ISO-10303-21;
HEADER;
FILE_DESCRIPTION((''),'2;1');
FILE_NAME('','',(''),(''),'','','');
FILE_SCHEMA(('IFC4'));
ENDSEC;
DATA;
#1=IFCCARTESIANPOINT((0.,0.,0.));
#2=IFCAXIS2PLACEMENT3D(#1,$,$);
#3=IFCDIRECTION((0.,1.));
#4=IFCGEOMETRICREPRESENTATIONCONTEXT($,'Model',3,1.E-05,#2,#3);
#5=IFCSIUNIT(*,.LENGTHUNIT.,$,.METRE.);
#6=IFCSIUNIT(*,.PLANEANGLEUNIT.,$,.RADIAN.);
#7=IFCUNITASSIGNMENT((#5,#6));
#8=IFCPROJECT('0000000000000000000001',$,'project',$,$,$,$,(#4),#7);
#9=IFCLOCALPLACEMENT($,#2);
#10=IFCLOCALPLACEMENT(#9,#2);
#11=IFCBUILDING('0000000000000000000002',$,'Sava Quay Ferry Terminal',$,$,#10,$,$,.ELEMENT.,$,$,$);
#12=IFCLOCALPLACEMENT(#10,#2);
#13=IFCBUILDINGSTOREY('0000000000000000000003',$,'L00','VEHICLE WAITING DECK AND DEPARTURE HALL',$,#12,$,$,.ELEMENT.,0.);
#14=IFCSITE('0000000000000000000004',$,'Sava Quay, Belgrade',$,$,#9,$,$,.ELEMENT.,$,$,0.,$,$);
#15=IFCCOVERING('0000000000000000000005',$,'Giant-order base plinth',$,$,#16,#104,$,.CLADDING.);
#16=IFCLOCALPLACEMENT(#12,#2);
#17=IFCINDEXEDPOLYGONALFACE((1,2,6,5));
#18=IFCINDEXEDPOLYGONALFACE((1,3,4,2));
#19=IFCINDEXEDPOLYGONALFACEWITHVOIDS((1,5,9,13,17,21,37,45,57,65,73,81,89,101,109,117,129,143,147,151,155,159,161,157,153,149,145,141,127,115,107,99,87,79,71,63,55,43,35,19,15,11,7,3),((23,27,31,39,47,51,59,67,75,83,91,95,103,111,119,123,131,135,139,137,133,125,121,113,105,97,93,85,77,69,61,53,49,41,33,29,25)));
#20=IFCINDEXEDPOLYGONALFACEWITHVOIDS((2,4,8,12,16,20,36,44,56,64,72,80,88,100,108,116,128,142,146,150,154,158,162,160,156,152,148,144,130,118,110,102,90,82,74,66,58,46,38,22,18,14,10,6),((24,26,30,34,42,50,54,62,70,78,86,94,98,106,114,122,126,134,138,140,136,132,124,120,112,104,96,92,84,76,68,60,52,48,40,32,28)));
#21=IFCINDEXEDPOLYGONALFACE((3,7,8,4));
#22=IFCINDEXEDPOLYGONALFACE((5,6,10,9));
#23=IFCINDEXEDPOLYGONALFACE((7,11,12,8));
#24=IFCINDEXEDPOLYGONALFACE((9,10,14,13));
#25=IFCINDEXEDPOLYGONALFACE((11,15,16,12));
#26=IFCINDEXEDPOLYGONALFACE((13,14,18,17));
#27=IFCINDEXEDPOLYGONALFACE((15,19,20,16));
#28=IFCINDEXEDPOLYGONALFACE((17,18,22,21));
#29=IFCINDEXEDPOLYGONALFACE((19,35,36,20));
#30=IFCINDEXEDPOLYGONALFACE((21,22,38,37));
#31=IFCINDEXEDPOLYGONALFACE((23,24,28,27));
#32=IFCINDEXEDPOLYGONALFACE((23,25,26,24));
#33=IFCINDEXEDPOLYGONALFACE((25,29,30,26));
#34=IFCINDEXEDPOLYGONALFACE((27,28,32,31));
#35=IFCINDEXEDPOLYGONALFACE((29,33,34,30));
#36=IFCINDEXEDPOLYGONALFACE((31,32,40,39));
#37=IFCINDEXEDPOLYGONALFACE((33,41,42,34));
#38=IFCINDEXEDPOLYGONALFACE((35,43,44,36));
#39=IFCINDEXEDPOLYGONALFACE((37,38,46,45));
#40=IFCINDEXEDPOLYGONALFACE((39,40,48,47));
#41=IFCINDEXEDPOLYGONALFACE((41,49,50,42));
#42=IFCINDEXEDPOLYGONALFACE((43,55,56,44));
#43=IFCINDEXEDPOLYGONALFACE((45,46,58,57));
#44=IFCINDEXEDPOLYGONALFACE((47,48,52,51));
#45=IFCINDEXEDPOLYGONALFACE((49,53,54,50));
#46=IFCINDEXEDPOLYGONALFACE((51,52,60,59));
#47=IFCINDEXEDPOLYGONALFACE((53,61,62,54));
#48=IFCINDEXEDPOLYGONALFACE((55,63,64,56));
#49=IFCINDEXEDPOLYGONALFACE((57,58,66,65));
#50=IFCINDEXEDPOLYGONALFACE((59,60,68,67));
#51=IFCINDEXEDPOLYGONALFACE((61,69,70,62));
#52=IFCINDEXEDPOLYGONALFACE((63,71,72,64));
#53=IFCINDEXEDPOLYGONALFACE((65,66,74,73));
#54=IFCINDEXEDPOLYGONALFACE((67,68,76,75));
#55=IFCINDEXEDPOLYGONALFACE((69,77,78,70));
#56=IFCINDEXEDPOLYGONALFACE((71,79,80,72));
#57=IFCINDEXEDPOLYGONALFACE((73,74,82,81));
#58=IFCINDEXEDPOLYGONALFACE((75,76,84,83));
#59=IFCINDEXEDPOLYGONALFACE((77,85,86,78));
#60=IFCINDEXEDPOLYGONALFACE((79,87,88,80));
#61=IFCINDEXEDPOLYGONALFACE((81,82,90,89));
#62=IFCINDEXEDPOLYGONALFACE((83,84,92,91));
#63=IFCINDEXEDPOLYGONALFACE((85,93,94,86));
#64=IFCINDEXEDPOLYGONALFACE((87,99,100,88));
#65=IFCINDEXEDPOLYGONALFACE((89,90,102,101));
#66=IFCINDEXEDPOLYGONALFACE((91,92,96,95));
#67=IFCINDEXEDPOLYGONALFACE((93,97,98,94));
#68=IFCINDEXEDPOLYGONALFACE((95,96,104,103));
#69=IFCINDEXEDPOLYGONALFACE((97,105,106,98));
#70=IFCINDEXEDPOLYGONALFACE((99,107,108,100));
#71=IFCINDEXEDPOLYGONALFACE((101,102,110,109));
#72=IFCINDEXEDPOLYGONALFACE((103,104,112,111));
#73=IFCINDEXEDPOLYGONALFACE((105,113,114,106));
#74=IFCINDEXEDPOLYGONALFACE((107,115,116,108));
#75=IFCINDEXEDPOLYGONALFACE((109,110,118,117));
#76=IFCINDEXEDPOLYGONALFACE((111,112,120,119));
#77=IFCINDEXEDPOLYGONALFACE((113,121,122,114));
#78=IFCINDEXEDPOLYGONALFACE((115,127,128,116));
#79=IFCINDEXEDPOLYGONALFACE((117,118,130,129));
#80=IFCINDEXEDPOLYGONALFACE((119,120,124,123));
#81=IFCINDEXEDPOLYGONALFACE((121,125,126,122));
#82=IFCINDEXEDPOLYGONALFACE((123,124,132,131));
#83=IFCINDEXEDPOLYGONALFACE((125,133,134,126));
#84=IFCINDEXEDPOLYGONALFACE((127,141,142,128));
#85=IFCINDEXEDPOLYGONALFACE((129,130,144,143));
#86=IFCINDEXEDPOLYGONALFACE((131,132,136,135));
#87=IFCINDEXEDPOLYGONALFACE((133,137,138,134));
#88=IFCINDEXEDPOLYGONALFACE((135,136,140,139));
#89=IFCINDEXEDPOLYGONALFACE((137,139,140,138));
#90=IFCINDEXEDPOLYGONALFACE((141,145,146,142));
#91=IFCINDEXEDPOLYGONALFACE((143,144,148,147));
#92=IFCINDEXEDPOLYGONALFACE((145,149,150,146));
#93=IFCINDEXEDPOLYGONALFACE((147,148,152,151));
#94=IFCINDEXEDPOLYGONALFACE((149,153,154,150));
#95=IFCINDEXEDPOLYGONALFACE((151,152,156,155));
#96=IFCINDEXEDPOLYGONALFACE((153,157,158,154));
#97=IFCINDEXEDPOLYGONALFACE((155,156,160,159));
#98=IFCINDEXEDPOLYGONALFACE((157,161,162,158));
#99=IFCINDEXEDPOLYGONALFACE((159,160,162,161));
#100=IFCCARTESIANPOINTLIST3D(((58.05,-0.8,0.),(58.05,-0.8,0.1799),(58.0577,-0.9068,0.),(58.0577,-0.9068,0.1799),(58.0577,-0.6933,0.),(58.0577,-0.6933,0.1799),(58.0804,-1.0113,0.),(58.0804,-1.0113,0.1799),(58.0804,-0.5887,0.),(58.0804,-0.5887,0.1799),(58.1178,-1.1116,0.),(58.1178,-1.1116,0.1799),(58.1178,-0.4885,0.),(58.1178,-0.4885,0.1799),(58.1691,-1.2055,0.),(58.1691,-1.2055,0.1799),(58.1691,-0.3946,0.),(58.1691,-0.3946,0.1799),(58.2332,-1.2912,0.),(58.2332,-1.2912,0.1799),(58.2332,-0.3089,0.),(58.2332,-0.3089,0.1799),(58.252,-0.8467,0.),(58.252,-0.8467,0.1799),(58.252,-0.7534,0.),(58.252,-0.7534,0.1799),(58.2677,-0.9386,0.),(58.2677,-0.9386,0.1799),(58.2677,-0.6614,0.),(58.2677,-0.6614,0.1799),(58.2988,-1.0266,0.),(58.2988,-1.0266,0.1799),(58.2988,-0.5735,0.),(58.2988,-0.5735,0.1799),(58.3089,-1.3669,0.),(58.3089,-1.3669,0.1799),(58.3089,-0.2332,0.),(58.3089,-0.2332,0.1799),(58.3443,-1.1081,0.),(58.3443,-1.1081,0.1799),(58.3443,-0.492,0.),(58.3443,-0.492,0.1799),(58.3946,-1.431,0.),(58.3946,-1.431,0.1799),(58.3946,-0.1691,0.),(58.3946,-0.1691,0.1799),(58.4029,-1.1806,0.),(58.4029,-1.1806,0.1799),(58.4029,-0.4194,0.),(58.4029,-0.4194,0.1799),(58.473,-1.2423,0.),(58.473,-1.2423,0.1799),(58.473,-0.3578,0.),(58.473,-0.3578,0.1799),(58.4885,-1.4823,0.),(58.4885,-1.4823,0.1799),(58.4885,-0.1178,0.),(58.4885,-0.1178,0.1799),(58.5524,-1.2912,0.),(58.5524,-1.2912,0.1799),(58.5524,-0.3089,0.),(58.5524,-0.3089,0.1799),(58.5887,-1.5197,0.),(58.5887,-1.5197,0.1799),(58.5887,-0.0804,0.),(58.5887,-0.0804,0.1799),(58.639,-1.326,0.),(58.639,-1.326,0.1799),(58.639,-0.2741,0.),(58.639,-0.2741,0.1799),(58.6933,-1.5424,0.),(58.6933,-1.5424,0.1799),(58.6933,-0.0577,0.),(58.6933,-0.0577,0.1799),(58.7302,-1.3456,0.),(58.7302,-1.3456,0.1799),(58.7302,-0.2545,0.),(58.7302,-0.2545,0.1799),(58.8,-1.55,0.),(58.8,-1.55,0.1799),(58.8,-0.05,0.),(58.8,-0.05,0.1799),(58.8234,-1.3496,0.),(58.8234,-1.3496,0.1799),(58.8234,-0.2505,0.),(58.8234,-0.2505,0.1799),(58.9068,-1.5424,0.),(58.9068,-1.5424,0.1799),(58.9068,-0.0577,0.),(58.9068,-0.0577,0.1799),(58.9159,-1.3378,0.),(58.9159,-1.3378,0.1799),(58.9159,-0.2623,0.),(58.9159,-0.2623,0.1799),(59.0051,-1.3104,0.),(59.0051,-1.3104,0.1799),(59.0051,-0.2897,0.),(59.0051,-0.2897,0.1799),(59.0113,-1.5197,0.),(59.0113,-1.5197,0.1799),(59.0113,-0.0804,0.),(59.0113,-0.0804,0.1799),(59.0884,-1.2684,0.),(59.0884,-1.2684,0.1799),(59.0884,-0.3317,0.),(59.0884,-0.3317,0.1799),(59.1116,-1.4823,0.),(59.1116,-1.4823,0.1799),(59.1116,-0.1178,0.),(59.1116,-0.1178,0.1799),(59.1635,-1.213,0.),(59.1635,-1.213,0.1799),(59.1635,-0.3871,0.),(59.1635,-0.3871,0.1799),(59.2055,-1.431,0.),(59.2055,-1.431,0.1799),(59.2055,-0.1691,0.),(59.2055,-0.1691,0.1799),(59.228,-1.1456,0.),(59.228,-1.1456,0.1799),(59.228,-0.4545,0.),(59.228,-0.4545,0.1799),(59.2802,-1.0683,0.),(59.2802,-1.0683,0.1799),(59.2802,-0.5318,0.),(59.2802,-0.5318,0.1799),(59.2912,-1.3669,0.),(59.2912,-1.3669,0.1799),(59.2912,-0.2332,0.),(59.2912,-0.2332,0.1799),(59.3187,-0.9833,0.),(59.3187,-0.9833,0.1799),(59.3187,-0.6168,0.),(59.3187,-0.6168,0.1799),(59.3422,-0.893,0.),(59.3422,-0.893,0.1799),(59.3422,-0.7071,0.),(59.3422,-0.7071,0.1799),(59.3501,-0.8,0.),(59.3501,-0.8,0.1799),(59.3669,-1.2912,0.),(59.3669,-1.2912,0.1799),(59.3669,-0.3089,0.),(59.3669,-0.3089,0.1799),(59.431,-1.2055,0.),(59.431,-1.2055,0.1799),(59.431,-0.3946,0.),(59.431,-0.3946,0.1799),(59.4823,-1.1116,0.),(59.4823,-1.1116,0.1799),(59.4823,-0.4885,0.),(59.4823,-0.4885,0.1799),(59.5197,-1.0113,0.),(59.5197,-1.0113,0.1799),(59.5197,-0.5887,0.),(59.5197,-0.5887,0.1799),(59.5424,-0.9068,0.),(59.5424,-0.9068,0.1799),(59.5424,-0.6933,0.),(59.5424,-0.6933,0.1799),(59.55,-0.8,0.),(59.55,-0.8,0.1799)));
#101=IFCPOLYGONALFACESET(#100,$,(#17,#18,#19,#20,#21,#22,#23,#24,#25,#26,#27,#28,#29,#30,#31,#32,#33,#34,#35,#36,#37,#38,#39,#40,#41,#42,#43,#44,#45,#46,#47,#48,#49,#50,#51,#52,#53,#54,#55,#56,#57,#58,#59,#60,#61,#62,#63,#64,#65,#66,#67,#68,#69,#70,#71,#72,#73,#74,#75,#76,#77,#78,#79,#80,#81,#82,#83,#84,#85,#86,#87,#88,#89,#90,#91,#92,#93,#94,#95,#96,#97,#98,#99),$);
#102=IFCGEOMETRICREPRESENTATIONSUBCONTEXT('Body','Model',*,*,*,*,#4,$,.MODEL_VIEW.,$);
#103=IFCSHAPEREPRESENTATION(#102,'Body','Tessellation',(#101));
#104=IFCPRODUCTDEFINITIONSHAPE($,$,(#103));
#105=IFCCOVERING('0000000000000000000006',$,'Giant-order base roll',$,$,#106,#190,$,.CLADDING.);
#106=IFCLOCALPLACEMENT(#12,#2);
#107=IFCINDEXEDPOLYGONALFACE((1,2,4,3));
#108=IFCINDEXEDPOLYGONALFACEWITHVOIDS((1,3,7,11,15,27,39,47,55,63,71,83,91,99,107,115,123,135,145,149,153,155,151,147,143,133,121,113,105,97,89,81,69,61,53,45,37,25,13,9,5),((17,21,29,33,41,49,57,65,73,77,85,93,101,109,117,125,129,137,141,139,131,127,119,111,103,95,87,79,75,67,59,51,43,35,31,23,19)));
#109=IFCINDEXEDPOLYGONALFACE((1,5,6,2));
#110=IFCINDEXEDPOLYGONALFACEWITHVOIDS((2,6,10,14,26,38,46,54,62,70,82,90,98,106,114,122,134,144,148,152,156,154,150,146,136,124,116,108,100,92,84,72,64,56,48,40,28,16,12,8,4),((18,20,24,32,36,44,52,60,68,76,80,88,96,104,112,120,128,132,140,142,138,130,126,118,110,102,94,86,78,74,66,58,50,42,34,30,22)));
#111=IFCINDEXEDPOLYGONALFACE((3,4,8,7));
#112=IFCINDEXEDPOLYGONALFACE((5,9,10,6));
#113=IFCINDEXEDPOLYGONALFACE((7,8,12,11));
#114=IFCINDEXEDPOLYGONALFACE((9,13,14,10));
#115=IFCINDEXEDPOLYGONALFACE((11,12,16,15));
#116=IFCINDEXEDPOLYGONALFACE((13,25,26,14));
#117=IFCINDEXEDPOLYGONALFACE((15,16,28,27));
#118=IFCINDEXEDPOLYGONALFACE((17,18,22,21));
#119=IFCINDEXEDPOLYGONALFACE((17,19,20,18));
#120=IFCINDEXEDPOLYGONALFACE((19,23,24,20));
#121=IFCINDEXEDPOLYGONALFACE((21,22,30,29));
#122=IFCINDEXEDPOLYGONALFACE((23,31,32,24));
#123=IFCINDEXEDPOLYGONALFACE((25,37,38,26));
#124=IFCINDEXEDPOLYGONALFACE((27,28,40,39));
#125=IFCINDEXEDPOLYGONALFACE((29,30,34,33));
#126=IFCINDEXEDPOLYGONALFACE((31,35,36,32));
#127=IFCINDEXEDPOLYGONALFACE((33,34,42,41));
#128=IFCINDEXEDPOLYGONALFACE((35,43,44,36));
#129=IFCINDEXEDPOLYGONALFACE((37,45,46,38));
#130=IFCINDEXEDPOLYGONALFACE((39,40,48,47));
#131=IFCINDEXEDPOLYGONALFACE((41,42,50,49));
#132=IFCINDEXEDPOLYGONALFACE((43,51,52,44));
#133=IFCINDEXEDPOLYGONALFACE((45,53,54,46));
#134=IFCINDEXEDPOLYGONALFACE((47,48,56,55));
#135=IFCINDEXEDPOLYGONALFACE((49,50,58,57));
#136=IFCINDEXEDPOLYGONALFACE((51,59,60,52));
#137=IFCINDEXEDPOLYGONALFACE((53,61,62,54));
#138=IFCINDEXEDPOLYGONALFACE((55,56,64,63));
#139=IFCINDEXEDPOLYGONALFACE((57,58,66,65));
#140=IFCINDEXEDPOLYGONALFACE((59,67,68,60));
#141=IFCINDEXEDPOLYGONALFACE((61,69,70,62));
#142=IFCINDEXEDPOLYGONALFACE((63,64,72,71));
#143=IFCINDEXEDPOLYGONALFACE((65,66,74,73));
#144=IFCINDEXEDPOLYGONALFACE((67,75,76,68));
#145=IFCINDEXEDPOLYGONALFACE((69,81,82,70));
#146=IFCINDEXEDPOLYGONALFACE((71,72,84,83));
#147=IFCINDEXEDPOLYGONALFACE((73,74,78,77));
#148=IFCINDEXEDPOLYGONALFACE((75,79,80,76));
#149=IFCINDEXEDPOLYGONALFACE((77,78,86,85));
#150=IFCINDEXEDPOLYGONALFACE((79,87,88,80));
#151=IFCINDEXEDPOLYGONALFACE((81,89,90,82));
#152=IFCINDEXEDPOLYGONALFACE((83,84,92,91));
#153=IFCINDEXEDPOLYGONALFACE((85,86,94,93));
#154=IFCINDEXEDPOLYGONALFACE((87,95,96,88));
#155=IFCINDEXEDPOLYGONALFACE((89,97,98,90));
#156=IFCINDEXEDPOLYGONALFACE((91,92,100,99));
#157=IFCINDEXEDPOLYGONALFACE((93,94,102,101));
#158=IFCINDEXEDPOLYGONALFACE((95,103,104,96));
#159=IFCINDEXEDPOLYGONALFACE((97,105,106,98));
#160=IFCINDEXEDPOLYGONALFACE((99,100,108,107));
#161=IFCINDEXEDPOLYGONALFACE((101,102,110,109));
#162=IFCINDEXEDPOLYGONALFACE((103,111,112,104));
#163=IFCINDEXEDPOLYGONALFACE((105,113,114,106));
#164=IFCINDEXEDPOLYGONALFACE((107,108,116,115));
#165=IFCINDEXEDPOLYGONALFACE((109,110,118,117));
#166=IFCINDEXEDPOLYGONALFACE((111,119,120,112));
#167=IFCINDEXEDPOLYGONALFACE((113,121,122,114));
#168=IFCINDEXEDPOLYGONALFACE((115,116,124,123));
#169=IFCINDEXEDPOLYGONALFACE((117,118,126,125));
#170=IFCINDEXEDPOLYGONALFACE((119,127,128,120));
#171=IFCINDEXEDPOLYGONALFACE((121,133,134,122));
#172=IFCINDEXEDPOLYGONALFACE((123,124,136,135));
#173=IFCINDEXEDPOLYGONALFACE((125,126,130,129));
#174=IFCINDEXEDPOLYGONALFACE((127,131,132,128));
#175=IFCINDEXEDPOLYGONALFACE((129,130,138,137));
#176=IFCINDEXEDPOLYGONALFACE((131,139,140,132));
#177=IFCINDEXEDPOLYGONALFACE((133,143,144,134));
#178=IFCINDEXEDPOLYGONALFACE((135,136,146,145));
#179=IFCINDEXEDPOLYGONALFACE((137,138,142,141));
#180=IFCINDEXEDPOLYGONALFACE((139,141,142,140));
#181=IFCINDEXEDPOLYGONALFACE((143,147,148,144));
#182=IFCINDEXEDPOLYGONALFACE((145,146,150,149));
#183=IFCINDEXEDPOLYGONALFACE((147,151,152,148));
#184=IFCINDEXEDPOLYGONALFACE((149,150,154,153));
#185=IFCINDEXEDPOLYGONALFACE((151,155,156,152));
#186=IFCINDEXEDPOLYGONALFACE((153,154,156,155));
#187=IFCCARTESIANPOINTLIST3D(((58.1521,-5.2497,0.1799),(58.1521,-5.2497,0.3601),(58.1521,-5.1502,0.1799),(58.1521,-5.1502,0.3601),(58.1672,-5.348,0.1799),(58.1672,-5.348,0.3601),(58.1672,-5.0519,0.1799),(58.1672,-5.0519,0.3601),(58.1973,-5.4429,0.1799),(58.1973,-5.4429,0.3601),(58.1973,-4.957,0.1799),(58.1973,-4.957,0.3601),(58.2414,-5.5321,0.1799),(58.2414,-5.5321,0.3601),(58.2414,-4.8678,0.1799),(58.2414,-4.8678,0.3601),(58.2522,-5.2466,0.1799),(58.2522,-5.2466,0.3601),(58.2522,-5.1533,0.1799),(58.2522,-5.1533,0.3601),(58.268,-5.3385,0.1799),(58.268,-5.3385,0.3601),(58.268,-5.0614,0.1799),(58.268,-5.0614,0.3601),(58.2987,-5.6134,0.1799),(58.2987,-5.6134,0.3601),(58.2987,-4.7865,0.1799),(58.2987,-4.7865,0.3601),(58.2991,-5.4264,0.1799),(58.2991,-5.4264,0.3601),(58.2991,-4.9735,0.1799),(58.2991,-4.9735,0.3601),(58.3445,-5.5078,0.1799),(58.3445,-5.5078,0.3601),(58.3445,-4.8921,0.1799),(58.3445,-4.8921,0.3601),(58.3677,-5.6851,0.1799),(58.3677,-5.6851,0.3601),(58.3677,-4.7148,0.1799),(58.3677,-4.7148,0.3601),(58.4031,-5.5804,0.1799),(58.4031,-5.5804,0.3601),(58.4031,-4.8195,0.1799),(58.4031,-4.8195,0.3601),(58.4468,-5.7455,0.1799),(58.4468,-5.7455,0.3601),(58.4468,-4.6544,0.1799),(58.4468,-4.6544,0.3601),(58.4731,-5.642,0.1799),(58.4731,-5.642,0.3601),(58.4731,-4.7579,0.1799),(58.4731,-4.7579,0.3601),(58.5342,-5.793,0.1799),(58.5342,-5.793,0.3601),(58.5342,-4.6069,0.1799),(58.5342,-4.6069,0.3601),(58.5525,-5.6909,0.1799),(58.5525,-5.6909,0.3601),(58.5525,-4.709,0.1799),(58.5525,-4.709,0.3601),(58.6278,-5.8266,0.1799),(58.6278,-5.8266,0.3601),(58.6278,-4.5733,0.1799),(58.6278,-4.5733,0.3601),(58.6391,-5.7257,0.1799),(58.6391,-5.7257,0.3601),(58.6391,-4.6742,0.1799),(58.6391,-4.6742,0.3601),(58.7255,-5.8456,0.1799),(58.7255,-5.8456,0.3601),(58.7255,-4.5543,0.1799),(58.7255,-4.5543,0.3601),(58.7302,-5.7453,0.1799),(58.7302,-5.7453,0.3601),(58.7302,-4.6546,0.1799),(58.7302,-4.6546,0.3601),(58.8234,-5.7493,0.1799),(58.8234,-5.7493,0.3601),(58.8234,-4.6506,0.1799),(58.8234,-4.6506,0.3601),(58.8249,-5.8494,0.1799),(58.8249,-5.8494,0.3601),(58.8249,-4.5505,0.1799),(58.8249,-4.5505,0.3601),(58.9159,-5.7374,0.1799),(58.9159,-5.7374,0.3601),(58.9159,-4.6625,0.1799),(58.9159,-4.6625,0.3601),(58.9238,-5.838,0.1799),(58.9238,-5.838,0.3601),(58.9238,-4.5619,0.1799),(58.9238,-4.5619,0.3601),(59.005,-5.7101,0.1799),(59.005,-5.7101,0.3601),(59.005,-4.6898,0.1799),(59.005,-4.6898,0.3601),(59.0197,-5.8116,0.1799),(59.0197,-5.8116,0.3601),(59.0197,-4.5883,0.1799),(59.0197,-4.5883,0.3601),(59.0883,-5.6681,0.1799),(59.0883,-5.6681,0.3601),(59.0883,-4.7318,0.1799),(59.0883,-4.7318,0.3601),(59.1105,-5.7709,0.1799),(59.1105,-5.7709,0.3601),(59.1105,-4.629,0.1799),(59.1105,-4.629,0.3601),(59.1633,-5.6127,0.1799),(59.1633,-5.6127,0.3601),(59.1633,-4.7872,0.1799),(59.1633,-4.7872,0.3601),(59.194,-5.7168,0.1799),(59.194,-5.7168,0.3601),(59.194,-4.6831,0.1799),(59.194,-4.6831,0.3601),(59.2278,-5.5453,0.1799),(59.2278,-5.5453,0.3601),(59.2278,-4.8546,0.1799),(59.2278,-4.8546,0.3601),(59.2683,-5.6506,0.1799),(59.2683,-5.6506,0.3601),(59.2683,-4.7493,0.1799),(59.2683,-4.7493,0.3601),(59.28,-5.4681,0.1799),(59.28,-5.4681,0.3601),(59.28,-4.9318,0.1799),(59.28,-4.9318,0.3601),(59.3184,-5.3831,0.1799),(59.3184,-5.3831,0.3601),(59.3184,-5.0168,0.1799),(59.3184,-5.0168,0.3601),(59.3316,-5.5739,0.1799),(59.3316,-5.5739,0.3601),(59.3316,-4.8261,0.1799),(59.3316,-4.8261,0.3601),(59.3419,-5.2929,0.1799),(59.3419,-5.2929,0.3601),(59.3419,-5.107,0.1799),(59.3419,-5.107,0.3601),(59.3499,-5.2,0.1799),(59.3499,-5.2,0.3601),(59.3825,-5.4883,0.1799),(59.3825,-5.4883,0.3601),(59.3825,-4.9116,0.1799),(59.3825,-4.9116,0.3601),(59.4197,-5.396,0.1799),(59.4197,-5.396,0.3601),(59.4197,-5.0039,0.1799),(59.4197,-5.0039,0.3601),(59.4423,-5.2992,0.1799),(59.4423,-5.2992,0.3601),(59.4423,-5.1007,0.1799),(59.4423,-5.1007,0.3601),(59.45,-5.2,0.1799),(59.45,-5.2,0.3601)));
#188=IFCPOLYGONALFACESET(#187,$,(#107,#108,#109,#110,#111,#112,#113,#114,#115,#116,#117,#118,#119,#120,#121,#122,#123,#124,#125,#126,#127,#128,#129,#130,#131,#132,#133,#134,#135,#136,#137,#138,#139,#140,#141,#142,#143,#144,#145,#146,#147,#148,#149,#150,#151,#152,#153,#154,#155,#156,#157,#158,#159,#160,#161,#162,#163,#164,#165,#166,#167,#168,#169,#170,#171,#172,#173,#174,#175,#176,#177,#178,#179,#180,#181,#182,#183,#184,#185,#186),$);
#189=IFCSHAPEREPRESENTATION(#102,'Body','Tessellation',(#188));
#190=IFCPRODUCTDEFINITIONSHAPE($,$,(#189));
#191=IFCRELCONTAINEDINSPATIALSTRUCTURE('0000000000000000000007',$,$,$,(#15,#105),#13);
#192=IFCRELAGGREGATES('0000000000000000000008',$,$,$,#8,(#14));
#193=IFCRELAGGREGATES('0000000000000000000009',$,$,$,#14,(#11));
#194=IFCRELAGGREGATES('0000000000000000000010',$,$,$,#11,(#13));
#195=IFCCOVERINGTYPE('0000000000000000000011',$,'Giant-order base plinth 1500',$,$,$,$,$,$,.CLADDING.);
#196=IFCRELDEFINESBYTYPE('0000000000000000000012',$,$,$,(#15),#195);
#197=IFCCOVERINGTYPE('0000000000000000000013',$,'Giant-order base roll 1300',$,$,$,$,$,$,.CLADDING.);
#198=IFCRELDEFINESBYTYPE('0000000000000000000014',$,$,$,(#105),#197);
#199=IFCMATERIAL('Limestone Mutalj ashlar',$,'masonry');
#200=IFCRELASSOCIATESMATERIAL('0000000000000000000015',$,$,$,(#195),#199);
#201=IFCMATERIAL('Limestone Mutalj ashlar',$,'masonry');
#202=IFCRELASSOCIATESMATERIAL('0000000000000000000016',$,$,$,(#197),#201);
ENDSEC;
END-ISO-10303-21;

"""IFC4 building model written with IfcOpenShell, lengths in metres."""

from ifc_helpers import new_model, si_unit, direction, frame, origin, origin_2d, place, context, subcontext, project, spatial, hollow_circle, extrude, material, material_profile, profile_set, type_object, element, save


model = new_model("IFC4")

# Units and contexts
model_context = context("Model", 3, precision=1e-05, world=origin(), true_north=direction((0.0, 1.0)))
body_context = subcontext(model_context, "Body", "Model", "MODEL_VIEW")
ifc_project = project(units=[si_unit("LENGTHUNIT", "METRE"), si_unit("PLANEANGLEUNIT", "RADIAN")], contexts=[model_context])

# Site, building, storey
site_placement = place(None, origin())
site = spatial("IfcSite", under=ifc_project, at=site_placement, Name="Sava Quay, Belgrade", CompositionType="ELEMENT", RefElevation=0.0)
building_placement = place(site_placement, origin())
building = spatial("IfcBuilding", under=site, at=building_placement, Name="Sava Quay Ferry Terminal", CompositionType="ELEMENT")
storey_placement = place(building_placement, origin())
storey = spatial("IfcBuildingStorey", under=building, at=storey_placement, Name="L00", Description="VEHICLE WAITING DECK AND DEPARTURE HALL", CompositionType="ELEMENT", Elevation=0.0)

# Coverings
ifc_material_1 = material(Name="Limestone Mutalj ashlar", Category="masonry")
ifc_material_profile_1 = material_profile(ifc_material_1, hollow_circle(Radius=0.75, WallThickness=0.2, at=origin_2d()), Name="Base plinth 1500")
ifc_profile_set_1 = profile_set([ifc_material_profile_1], Name="Limestone Mutalj ashlar")
covering_type_1 = type_object("IfcCoveringType", Name="Giant-order base plinth 1500", PredefinedType="CLADDING", material=ifc_profile_set_1)
for number, where, z_axis, x_axis, name in (
    (1, (58.8, -0.8, 0.0), (0.0, 0.0, 1.0), (1.0, 0.0, 0.0), "Giant-order base plinth"),
):
    element("IfcCovering", number, at=place(storey_placement, frame(where, z_axis=z_axis, x_axis=x_axis)), inside=storey, type_object=covering_type_1, Name=name, PredefinedType="CLADDING", context=body_context, shape_type="SweptSolid", body=[
        extrude(hollow_circle(Radius=0.75, WallThickness=0.2, at=origin_2d()), origin(), (0.0, 0.0, 1.0), 0.1799),
    ])
ifc_material_2 = material(Name="Limestone Mutalj ashlar", Category="masonry")
ifc_material_profile_2 = material_profile(ifc_material_2, hollow_circle(Radius=0.6499, WallThickness=0.1001, at=origin_2d()), Name="Base roll 1300")
ifc_profile_set_2 = profile_set([ifc_material_profile_2], Name="Limestone Mutalj ashlar")
covering_type_2 = type_object("IfcCoveringType", Name="Giant-order base roll 1300", PredefinedType="CLADDING", material=ifc_profile_set_2)
for number, where, z_axis, x_axis, name in (
    (2, (58.8, -5.2, 0.1799), (0.0, 0.0, 1.0), (1.0, 0.0, 0.0), "Giant-order base roll"),
):
    element("IfcCovering", number, at=place(storey_placement, frame(where, z_axis=z_axis, x_axis=x_axis)), inside=storey, type_object=covering_type_2, Name=name, PredefinedType="CLADDING", context=body_context, shape_type="SweptSolid", body=[
        extrude(hollow_circle(Radius=0.6499, WallThickness=0.1001, at=origin_2d()), origin(), (0.0, 0.0, 1.0), 0.1802),
    ])

save(model, "model.ifc")
